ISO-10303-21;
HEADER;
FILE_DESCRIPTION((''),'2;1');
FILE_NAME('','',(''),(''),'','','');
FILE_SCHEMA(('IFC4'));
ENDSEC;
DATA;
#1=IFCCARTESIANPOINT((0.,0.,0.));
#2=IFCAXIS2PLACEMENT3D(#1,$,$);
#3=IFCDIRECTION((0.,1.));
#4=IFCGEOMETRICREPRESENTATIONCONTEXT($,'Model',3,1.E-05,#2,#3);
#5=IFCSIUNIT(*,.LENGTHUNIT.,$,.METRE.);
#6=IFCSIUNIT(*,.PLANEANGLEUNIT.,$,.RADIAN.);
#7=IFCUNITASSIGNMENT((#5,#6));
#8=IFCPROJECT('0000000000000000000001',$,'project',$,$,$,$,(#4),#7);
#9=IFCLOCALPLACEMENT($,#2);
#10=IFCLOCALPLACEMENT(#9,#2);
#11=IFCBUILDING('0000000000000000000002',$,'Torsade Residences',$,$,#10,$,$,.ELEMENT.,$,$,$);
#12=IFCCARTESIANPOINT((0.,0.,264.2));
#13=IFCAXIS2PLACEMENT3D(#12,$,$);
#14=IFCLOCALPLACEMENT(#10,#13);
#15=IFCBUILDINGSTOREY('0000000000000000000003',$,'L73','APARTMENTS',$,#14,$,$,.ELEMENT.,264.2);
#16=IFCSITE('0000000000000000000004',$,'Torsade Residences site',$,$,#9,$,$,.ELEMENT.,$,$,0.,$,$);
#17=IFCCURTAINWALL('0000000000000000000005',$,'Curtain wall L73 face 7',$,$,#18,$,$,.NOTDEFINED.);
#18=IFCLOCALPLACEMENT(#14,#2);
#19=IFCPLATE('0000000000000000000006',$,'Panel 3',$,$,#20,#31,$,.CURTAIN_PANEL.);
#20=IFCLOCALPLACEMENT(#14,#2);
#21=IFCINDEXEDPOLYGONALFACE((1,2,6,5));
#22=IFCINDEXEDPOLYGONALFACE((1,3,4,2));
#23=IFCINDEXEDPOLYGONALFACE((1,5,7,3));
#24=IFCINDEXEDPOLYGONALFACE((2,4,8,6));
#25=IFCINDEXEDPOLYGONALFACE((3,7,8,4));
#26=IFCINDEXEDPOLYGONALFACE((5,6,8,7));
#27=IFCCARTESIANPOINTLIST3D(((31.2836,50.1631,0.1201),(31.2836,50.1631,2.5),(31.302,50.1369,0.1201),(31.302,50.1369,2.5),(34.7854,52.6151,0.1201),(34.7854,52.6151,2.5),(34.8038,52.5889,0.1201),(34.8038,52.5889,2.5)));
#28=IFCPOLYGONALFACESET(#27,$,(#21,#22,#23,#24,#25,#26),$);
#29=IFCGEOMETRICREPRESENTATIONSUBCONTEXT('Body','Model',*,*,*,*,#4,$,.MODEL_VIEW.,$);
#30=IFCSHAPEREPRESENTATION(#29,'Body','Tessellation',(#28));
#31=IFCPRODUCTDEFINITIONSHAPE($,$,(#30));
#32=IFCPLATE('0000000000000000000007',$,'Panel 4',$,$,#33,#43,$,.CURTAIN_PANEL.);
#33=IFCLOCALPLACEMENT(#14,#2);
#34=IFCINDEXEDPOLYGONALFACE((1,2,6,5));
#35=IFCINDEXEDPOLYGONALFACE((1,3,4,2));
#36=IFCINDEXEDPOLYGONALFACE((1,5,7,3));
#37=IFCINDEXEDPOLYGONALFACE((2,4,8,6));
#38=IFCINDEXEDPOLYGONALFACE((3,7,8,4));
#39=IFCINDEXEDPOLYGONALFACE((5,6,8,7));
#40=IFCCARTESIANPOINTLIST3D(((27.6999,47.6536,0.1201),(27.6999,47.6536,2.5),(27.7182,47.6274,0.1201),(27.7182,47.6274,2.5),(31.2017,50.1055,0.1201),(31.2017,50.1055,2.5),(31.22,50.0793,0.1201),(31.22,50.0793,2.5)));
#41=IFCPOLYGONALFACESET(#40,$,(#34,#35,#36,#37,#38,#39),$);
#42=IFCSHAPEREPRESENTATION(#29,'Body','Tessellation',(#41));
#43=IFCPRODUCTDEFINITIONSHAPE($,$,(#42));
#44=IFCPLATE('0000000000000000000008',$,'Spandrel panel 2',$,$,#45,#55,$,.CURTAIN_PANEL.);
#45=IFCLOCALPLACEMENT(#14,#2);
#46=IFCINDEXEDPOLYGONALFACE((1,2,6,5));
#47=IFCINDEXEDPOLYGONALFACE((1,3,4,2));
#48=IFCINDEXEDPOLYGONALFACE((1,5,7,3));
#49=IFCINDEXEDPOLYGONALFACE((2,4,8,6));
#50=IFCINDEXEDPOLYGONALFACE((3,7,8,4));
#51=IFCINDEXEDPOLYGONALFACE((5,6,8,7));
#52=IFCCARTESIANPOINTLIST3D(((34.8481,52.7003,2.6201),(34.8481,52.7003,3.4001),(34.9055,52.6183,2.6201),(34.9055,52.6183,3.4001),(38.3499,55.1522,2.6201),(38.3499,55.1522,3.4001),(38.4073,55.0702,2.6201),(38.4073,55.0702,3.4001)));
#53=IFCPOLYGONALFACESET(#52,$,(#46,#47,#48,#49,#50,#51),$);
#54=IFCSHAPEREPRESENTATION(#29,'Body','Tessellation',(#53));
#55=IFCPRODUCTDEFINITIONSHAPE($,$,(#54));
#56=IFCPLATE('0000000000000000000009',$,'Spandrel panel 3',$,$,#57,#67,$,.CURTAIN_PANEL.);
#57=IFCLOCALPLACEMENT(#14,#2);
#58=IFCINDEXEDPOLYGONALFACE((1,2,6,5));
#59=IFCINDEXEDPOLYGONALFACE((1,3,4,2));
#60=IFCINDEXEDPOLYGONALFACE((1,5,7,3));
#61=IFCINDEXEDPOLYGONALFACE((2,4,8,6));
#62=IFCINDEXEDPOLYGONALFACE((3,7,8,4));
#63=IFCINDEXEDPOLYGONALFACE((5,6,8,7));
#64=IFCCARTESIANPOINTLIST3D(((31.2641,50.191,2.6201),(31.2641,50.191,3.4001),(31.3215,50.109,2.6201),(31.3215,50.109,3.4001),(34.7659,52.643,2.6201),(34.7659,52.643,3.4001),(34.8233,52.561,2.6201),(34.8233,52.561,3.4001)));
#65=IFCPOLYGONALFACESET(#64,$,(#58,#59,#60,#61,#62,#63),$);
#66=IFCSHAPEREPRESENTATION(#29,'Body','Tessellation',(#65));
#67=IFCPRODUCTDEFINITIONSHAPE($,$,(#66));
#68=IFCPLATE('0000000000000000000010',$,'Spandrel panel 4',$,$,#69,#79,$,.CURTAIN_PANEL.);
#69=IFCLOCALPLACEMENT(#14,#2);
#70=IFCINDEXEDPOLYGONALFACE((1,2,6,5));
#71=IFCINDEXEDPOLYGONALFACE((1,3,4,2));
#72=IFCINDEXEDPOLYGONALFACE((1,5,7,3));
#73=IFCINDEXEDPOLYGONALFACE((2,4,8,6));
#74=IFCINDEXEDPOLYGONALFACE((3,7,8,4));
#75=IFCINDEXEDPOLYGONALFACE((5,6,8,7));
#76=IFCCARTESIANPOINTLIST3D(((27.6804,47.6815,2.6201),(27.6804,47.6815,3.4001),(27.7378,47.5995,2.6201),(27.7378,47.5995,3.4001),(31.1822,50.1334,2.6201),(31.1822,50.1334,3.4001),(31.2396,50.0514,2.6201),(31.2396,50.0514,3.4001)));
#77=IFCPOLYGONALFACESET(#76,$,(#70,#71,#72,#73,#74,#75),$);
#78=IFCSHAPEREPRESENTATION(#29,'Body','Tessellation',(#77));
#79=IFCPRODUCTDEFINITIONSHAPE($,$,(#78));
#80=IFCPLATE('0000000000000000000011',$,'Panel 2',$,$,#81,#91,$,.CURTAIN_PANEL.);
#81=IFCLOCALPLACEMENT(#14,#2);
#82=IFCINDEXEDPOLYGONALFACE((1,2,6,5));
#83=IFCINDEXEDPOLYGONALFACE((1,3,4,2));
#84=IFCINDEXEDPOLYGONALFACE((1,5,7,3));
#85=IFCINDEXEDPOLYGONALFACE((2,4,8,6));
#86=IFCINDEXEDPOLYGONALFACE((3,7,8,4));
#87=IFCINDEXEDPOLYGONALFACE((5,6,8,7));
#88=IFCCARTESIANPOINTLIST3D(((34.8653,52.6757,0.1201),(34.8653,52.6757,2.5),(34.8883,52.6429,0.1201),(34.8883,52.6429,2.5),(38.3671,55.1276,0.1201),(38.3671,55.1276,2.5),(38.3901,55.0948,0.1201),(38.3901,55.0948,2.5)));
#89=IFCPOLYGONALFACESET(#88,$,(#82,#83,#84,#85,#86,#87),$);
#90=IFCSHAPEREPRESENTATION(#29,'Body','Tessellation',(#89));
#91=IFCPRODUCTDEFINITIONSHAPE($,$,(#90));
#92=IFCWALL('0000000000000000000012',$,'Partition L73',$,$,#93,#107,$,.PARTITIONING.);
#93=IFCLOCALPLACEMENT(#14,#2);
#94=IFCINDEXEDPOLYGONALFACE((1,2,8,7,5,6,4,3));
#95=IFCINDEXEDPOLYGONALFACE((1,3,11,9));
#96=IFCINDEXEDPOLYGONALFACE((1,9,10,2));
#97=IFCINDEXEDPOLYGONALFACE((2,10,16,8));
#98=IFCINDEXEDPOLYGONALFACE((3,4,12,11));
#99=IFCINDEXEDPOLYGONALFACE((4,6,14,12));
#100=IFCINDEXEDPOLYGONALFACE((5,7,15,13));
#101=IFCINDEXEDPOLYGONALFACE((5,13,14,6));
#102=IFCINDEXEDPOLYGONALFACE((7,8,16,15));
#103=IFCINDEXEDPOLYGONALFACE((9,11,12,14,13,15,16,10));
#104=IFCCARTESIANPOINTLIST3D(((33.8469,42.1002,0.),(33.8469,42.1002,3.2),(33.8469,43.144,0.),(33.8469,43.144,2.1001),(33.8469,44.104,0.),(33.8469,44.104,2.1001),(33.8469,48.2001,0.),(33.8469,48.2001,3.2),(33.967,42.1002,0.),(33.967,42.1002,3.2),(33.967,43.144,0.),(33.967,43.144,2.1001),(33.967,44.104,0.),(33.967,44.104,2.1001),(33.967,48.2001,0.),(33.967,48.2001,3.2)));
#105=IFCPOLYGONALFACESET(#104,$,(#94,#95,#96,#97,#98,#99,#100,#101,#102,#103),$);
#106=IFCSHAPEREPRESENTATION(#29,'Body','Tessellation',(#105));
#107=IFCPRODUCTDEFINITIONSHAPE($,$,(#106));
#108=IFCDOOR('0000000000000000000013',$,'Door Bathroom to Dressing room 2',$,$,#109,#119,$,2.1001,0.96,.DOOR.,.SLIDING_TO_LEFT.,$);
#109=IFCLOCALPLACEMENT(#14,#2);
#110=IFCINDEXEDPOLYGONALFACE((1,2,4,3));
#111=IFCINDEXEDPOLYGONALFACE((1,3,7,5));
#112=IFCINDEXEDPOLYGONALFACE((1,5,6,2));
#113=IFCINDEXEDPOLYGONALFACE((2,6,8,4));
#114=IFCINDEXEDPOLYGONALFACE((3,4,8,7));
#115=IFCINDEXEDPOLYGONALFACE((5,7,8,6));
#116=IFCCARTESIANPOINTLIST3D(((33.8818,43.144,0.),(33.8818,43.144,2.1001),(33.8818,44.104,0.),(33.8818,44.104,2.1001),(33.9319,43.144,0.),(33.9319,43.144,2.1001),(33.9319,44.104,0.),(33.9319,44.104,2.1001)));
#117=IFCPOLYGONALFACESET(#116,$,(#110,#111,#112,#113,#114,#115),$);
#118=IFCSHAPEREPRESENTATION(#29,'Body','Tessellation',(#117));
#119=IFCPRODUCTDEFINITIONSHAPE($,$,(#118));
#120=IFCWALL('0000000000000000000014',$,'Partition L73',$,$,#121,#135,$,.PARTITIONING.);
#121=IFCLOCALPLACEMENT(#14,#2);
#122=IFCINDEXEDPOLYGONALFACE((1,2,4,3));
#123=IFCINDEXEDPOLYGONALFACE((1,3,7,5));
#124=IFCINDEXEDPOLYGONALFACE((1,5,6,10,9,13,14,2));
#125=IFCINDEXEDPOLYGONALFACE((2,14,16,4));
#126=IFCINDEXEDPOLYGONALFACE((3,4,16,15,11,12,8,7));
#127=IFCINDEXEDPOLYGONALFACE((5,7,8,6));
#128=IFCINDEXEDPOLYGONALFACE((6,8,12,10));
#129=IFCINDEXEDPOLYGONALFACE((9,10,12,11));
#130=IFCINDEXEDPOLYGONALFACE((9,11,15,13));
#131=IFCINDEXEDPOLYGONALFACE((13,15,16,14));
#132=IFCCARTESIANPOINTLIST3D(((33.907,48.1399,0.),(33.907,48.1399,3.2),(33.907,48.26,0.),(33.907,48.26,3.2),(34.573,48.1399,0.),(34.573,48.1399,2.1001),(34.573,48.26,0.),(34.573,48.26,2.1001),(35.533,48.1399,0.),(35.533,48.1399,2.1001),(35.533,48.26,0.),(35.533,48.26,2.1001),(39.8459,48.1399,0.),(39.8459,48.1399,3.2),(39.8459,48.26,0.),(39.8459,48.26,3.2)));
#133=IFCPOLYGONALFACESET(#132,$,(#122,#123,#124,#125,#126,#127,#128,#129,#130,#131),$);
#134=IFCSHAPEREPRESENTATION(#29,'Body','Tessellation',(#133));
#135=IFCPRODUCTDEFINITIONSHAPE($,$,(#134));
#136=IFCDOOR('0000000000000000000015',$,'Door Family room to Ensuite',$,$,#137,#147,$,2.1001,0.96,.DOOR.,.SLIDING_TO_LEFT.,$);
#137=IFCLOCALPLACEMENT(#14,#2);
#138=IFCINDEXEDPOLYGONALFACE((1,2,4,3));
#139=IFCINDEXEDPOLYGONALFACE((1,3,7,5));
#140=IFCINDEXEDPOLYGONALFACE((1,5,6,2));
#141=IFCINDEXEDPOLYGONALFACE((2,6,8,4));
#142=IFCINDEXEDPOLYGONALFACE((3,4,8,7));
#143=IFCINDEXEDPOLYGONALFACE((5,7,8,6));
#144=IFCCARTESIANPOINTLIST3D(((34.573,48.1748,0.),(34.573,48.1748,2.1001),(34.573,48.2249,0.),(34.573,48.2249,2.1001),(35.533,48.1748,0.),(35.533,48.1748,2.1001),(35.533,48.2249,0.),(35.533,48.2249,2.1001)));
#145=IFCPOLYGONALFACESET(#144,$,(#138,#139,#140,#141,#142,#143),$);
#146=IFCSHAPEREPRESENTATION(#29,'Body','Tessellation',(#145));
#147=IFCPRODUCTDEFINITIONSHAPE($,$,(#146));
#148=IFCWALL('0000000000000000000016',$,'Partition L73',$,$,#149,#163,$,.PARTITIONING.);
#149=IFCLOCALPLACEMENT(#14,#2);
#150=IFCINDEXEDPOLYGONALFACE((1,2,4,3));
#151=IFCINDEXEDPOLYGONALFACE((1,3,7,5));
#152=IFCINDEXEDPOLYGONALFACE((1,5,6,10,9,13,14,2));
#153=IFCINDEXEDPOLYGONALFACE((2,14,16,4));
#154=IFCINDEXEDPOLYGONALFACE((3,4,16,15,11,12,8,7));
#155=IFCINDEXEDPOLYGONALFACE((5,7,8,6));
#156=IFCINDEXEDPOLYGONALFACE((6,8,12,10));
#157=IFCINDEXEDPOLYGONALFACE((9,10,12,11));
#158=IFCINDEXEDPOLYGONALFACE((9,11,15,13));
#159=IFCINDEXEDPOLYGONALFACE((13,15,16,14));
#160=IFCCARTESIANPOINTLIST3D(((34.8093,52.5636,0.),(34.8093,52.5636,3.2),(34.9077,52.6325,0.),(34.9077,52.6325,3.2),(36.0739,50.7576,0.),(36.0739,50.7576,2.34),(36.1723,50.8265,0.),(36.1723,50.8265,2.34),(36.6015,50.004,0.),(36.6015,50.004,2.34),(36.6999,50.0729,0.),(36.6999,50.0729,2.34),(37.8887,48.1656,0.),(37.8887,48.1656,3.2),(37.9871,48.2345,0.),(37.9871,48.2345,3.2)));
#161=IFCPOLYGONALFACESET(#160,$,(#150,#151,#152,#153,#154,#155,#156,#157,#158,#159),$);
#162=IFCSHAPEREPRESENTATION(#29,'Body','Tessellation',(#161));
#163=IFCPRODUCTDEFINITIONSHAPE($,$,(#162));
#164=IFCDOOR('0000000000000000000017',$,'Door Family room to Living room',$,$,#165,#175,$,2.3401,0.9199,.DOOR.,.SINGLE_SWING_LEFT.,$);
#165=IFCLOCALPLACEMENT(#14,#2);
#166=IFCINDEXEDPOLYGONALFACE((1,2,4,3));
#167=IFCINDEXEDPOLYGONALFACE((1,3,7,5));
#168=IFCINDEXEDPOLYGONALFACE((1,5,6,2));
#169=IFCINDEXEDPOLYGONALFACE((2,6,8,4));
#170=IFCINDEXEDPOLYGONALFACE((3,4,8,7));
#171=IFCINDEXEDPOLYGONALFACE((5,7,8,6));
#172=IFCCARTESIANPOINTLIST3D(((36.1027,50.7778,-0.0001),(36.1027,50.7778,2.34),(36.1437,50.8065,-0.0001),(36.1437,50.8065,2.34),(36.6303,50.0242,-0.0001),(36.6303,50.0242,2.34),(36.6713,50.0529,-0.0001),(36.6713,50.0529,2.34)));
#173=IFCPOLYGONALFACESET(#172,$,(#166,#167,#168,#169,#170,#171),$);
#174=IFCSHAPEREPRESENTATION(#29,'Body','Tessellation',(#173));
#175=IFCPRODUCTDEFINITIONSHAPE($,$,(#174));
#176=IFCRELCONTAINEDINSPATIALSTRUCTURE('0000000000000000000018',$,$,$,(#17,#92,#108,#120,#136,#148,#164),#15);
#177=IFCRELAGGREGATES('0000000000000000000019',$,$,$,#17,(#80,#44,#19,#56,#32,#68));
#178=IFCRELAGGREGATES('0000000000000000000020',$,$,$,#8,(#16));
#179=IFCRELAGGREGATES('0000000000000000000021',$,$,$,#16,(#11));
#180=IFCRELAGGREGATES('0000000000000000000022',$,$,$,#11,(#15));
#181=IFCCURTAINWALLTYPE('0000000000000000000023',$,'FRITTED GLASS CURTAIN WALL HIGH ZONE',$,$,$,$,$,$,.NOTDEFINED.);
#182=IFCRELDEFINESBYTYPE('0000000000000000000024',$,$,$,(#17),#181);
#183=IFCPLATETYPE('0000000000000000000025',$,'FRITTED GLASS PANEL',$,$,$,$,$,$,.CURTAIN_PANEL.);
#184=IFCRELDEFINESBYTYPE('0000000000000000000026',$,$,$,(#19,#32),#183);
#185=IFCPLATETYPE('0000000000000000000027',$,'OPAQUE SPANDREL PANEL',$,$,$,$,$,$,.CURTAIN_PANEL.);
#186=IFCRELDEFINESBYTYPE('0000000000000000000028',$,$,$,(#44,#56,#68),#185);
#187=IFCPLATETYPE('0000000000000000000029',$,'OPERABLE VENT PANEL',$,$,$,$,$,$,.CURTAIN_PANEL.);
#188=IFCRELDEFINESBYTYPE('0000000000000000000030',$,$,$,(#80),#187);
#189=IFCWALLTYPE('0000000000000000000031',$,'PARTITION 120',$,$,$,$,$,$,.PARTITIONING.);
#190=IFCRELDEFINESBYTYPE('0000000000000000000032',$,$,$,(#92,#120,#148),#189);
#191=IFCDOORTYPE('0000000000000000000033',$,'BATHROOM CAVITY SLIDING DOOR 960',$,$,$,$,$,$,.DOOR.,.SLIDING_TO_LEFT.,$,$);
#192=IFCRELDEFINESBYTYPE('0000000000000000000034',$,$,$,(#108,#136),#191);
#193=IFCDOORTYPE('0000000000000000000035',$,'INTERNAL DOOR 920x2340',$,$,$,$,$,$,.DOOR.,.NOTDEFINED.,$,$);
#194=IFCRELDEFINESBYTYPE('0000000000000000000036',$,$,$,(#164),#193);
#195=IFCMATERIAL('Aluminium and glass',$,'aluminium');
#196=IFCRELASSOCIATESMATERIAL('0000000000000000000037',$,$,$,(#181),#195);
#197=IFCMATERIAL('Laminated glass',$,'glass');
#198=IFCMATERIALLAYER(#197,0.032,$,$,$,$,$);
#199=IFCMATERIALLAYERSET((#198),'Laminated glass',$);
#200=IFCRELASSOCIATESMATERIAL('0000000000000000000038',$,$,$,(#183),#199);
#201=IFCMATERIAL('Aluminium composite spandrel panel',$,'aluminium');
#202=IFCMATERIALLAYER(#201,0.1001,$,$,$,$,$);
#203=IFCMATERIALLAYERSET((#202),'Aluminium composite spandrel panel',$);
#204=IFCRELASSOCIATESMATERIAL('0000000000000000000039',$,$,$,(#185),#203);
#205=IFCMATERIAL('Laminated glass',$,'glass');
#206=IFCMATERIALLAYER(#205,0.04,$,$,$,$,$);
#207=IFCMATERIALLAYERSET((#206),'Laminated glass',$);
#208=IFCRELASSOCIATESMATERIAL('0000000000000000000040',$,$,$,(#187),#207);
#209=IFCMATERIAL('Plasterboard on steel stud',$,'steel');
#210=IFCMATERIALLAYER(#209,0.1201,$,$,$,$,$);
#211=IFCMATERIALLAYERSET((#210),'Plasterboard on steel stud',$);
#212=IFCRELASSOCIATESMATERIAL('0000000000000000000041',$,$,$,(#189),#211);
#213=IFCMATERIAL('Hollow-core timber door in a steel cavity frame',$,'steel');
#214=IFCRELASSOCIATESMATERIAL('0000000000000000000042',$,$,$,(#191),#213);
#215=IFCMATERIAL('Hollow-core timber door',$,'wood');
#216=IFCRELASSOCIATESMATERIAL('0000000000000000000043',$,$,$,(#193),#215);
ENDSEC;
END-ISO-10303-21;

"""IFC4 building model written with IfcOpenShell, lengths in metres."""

from ifc_helpers import new_model, si_unit, direction, frame, frame_2d, origin, origin_2d, place, context, subcontext, project, spatial, rectangle, extrude, material, layer, layer_set, type_object, element, fill, aggregate, save


model = new_model("IFC4")

# Units and contexts
model_context = context("Model", 3, precision=1e-05, world=origin(), true_north=direction((0.0, 1.0)))
body_context = subcontext(model_context, "Body", "Model", "MODEL_VIEW")
ifc_project = project(units=[si_unit("LENGTHUNIT", "METRE"), si_unit("PLANEANGLEUNIT", "RADIAN")], contexts=[model_context])

# Site, building, storey
site_placement = place(None, origin())
site = spatial("IfcSite", under=ifc_project, at=site_placement, Name="Torsade Residences site", CompositionType="ELEMENT", RefElevation=0.0)
building_placement = place(site_placement, origin())
building = spatial("IfcBuilding", under=site, at=building_placement, Name="Torsade Residences", CompositionType="ELEMENT")
storey_placement = place(building_placement, frame((0.0, 0.0, 264.2)))
storey = spatial("IfcBuildingStorey", under=building, at=storey_placement, Name="L73", Description="APARTMENTS", CompositionType="ELEMENT", Elevation=264.2)

# Curtain wall
ifc_material_1 = material(Name="Aluminium and glass", Category="aluminium")
curtain_wall_type = type_object("IfcCurtainWallType", Name="FRITTED GLASS CURTAIN WALL HIGH ZONE", PredefinedType="NOTDEFINED", material=ifc_material_1)
curtain_wall_placement = place(storey_placement, origin())
curtain_wall = element("IfcCurtainWall", 1, at=curtain_wall_placement, inside=storey, type_object=curtain_wall_type, Name="Curtain wall L73 face 7", PredefinedType="NOTDEFINED")

# Plates
ifc_material_2 = material(Name="Laminated glass", Category="glass")
ifc_layer_1 = layer(ifc_material_2, 0.032)
ifc_layer_set_1 = layer_set([ifc_layer_1], Name="Laminated glass")
plate_type_1 = type_object("IfcPlateType", Name="FRITTED GLASS PANEL", PredefinedType="CURTAIN_PANEL", material=ifc_layer_set_1)
plate_1_placement = place(storey_placement, frame((33.0437, 51.376, 0.1201), z_axis=(0.0, 0.0, 1.0), x_axis=(-0.819152, -0.573576, 0.0)))
plate_1 = element("IfcPlate", 2, at=plate_1_placement, type_object=plate_type_1, Name="Panel 3", PredefinedType="CURTAIN_PANEL", context=body_context, shape_type="SweptSolid", body=[
    extrude(rectangle(XDim=4.2749, YDim=0.032, at=origin_2d()), origin(), (0.0, 0.0, 1.0), 2.3799),
])
plate_2_placement = place(storey_placement, frame((29.46, 48.8665, 0.1201), z_axis=(0.0, 0.0, 1.0), x_axis=(-0.819152, -0.573576, 0.0)))
plate_2 = element("IfcPlate", 3, at=plate_2_placement, type_object=plate_type_1, Name="Panel 4", PredefinedType="CURTAIN_PANEL", context=body_context, shape_type="SweptSolid", body=[
    extrude(rectangle(XDim=4.2749, YDim=0.032, at=origin_2d()), origin(), (0.0, 0.0, 1.0), 2.3799),
])
ifc_material_3 = material(Name="Aluminium composite spandrel panel", Category="aluminium")
ifc_layer_2 = layer(ifc_material_3, 0.1001)
ifc_layer_set_2 = layer_set([ifc_layer_2], Name="Aluminium composite spandrel panel")
plate_type_2 = type_object("IfcPlateType", Name="OPAQUE SPANDREL PANEL", PredefinedType="CURTAIN_PANEL", material=ifc_layer_set_2)
plate_3_placement = place(storey_placement, frame((36.6277, 53.8853, 2.6201), z_axis=(0.0, 0.0, 1.0), x_axis=(-0.819152, -0.573576, 0.0)))
plate_3 = element("IfcPlate", 4, at=plate_3_placement, type_object=plate_type_2, Name="Spandrel panel 2", PredefinedType="CURTAIN_PANEL", context=body_context, shape_type="SweptSolid", body=[
    extrude(rectangle(XDim=4.2749, YDim=0.1001, at=origin_2d()), origin(), (0.0, 0.0, 1.0), 0.78),
])
plate_4_placement = place(storey_placement, frame((33.0437, 51.376, 2.6201), z_axis=(0.0, 0.0, 1.0), x_axis=(-0.819152, -0.573576, 0.0)))
plate_4 = element("IfcPlate", 5, at=plate_4_placement, type_object=plate_type_2, Name="Spandrel panel 3", PredefinedType="CURTAIN_PANEL", context=body_context, shape_type="SweptSolid", body=[
    extrude(rectangle(XDim=4.2749, YDim=0.1001, at=origin_2d()), origin(), (0.0, 0.0, 1.0), 0.78),
])
plate_5_placement = place(storey_placement, frame((29.46, 48.8665, 2.6201), z_axis=(0.0, 0.0, 1.0), x_axis=(-0.819152, -0.573576, 0.0)))
plate_5 = element("IfcPlate", 6, at=plate_5_placement, type_object=plate_type_2, Name="Spandrel panel 4", PredefinedType="CURTAIN_PANEL", context=body_context, shape_type="SweptSolid", body=[
    extrude(rectangle(XDim=4.2749, YDim=0.1001, at=origin_2d()), origin(), (0.0, 0.0, 1.0), 0.78),
])
ifc_material_4 = material(Name="Laminated glass", Category="glass")
ifc_layer_3 = layer(ifc_material_4, 0.04)
ifc_layer_set_3 = layer_set([ifc_layer_3], Name="Laminated glass")
plate_type_3 = type_object("IfcPlateType", Name="OPERABLE VENT PANEL", PredefinedType="CURTAIN_PANEL", material=ifc_layer_set_3)
plate_6_placement = place(storey_placement, frame((36.6277, 53.8853, 0.1201), z_axis=(0.0, 0.0, 1.0), x_axis=(-0.819152, -0.573576, 0.0)))
plate_6 = element("IfcPlate", 7, at=plate_6_placement, type_object=plate_type_3, Name="Panel 2", PredefinedType="CURTAIN_PANEL", context=body_context, shape_type="SweptSolid", body=[
    extrude(rectangle(XDim=4.2749, YDim=0.04, at=origin_2d()), origin(), (0.0, 0.0, 1.0), 2.3799),
])
aggregate(curtain_wall, [plate_6, plate_3, plate_1, plate_4, plate_2, plate_5])

# Walls, openings, doors
ifc_material_5 = material(Name="Plasterboard on steel stud", Category="steel")
ifc_layer_4 = layer(ifc_material_5, 0.1201)
ifc_layer_set_4 = layer_set([ifc_layer_4], Name="Plasterboard on steel stud")
wall_type = type_object("IfcWallType", Name="PARTITION 120", PredefinedType="PARTITIONING", material=ifc_layer_set_4)
wall_1_placement = place(storey_placement, frame((33.907, 48.2, 0.0), z_axis=(0.0, 0.0, 1.0), x_axis=(0.0, -1.0, 0.0)))
wall_1 = element("IfcWall", 8, at=wall_1_placement, inside=storey, type_object=wall_type, Name="Partition L73", PredefinedType="PARTITIONING", context=body_context, shape_type="SweptSolid", body=[
    extrude(rectangle(XDim=6.0999, YDim=0.1201, at=frame_2d((3.0498, 0.0))), origin(), (0.0, 0.0, 1.0), 3.2),
])
opening_1_placement = place(wall_1_placement, frame((4.0959, 0.0, 0.0)))
opening_1 = element("IfcOpeningElement", 9, at=opening_1_placement, cuts=wall_1, PredefinedType="OPENING", context=body_context, shape_type="SweptSolid", body=[
    extrude(rectangle(XDim=0.96, YDim=2.1001, at=frame_2d((0.48, 1.05))), frame((0.0, 0.0701, 0.0), z_axis=(0.0, -1.0, 0.0), x_axis=(1.0, 0.0, 0.0)), (0.0, 0.0, 1.0), 0.1401),
])
ifc_material_6 = material(Name="Hollow-core timber door in a steel cavity frame", Category="steel")
door_type_1 = type_object("IfcDoorType", Name="BATHROOM CAVITY SLIDING DOOR 960", OperationType="SLIDING_TO_LEFT", PredefinedType="DOOR", material=ifc_material_6)
door_1_placement = place(opening_1_placement, origin())
door_1 = element("IfcDoor", 10, at=door_1_placement, inside=storey, type_object=door_type_1, Name="Door Bathroom to Dressing room 2", OperationType="SLIDING_TO_LEFT", OverallHeight=2.1001, OverallWidth=0.96, PredefinedType="DOOR", context=body_context, shape_type="SweptSolid", body=[
    extrude(rectangle(XDim=0.96, YDim=2.1001, at=frame_2d((0.48, 1.05))), frame((0.0, 0.0249, 0.0), z_axis=(0.0, -1.0, 0.0), x_axis=(1.0, 0.0, 0.0)), (0.0, 0.0, 1.0), 0.05),
])
fill(opening_1, door_1)
wall_2_placement = place(storey_placement, frame((33.907, 48.2, 0.0), z_axis=(0.0, 0.0, 1.0), x_axis=(1.0, 0.0, 0.0)))
wall_2 = element("IfcWall", 11, at=wall_2_placement, inside=storey, type_object=wall_type, Name="Partition L73", PredefinedType="PARTITIONING", context=body_context, shape_type="SweptSolid", body=[
    extrude(rectangle(XDim=5.939, YDim=0.1201, at=frame_2d((2.9695, 0.0))), origin(), (0.0, 0.0, 1.0), 3.2),
])
opening_2_placement = place(wall_2_placement, frame((0.666, 0.0, 0.0)))
opening_2 = element("IfcOpeningElement", 12, at=opening_2_placement, cuts=wall_2, PredefinedType="OPENING", context=body_context, shape_type="SweptSolid", body=[
    extrude(rectangle(XDim=0.96, YDim=2.1001, at=frame_2d((0.48, 1.05))), frame((0.0, 0.0701, 0.0), z_axis=(0.0, -1.0, 0.0), x_axis=(1.0, 0.0, 0.0)), (0.0, 0.0, 1.0), 0.1401),
])
door_2_placement = place(opening_2_placement, origin())
door_2 = element("IfcDoor", 13, at=door_2_placement, inside=storey, type_object=door_type_1, Name="Door Family room to Ensuite", OperationType="SLIDING_TO_LEFT", OverallHeight=2.1001, OverallWidth=0.96, PredefinedType="DOOR", context=body_context, shape_type="SweptSolid", body=[
    extrude(rectangle(XDim=0.96, YDim=2.1001, at=frame_2d((0.48, 1.05))), frame((0.0, 0.0249, 0.0), z_axis=(0.0, -1.0, 0.0), x_axis=(1.0, 0.0, 0.0)), (0.0, 0.0, 1.0), 0.05),
])
fill(opening_2, door_2)
wall_3_placement = place(storey_placement, frame((37.938, 48.2, 0.0), z_axis=(0.0, 0.0, 1.0), x_axis=(-0.57356, 0.819164, 0.0)))
wall_3 = element("IfcWall", 14, at=wall_3_placement, inside=storey, type_object=wall_type, Name="Partition L73", PredefinedType="PARTITIONING", context=body_context, shape_type="SweptSolid", body=[
    extrude(rectangle(XDim=5.3689, YDim=0.1201, at=frame_2d((2.6846, 0.0))), origin(), (0.0, 0.0, 1.0), 3.2),
])
opening_3_placement = place(wall_3_placement, frame((2.2444, 0.0, 0.0)))
opening_3 = element("IfcOpeningElement", 15, at=opening_3_placement, cuts=wall_3, PredefinedType="OPENING", context=body_context, shape_type="SweptSolid", body=[
    extrude(rectangle(XDim=0.9199, YDim=2.3401, at=frame_2d((0.46, 1.1699))), frame((0.0, 0.0701, 0.0), z_axis=(0.0, -1.0, 0.0), x_axis=(1.0, 0.0, 0.0)), (0.0, 0.0, 1.0), 0.1401),
])
ifc_material_7 = material(Name="Hollow-core timber door", Category="wood")
door_type_2 = type_object("IfcDoorType", Name="INTERNAL DOOR 920x2340", OperationType="NOTDEFINED", PredefinedType="DOOR", material=ifc_material_7)
door_3_placement = place(opening_3_placement, origin())
door_3 = element("IfcDoor", 16, at=door_3_placement, inside=storey, type_object=door_type_2, Name="Door Family room to Living room", OperationType="SINGLE_SWING_LEFT", OverallHeight=2.3401, OverallWidth=0.9199, PredefinedType="DOOR", context=body_context, shape_type="SweptSolid", body=[
    extrude(rectangle(XDim=0.9199, YDim=2.3401, at=frame_2d((0.46, 1.1699))), frame((0.0, 0.0249, 0.0), z_axis=(0.0, -1.0, 0.0), x_axis=(1.0, 0.0, 0.0)), (0.0, 0.0, 1.0), 0.05),
])
fill(opening_3, door_3)

save(model, "model.ifc")
